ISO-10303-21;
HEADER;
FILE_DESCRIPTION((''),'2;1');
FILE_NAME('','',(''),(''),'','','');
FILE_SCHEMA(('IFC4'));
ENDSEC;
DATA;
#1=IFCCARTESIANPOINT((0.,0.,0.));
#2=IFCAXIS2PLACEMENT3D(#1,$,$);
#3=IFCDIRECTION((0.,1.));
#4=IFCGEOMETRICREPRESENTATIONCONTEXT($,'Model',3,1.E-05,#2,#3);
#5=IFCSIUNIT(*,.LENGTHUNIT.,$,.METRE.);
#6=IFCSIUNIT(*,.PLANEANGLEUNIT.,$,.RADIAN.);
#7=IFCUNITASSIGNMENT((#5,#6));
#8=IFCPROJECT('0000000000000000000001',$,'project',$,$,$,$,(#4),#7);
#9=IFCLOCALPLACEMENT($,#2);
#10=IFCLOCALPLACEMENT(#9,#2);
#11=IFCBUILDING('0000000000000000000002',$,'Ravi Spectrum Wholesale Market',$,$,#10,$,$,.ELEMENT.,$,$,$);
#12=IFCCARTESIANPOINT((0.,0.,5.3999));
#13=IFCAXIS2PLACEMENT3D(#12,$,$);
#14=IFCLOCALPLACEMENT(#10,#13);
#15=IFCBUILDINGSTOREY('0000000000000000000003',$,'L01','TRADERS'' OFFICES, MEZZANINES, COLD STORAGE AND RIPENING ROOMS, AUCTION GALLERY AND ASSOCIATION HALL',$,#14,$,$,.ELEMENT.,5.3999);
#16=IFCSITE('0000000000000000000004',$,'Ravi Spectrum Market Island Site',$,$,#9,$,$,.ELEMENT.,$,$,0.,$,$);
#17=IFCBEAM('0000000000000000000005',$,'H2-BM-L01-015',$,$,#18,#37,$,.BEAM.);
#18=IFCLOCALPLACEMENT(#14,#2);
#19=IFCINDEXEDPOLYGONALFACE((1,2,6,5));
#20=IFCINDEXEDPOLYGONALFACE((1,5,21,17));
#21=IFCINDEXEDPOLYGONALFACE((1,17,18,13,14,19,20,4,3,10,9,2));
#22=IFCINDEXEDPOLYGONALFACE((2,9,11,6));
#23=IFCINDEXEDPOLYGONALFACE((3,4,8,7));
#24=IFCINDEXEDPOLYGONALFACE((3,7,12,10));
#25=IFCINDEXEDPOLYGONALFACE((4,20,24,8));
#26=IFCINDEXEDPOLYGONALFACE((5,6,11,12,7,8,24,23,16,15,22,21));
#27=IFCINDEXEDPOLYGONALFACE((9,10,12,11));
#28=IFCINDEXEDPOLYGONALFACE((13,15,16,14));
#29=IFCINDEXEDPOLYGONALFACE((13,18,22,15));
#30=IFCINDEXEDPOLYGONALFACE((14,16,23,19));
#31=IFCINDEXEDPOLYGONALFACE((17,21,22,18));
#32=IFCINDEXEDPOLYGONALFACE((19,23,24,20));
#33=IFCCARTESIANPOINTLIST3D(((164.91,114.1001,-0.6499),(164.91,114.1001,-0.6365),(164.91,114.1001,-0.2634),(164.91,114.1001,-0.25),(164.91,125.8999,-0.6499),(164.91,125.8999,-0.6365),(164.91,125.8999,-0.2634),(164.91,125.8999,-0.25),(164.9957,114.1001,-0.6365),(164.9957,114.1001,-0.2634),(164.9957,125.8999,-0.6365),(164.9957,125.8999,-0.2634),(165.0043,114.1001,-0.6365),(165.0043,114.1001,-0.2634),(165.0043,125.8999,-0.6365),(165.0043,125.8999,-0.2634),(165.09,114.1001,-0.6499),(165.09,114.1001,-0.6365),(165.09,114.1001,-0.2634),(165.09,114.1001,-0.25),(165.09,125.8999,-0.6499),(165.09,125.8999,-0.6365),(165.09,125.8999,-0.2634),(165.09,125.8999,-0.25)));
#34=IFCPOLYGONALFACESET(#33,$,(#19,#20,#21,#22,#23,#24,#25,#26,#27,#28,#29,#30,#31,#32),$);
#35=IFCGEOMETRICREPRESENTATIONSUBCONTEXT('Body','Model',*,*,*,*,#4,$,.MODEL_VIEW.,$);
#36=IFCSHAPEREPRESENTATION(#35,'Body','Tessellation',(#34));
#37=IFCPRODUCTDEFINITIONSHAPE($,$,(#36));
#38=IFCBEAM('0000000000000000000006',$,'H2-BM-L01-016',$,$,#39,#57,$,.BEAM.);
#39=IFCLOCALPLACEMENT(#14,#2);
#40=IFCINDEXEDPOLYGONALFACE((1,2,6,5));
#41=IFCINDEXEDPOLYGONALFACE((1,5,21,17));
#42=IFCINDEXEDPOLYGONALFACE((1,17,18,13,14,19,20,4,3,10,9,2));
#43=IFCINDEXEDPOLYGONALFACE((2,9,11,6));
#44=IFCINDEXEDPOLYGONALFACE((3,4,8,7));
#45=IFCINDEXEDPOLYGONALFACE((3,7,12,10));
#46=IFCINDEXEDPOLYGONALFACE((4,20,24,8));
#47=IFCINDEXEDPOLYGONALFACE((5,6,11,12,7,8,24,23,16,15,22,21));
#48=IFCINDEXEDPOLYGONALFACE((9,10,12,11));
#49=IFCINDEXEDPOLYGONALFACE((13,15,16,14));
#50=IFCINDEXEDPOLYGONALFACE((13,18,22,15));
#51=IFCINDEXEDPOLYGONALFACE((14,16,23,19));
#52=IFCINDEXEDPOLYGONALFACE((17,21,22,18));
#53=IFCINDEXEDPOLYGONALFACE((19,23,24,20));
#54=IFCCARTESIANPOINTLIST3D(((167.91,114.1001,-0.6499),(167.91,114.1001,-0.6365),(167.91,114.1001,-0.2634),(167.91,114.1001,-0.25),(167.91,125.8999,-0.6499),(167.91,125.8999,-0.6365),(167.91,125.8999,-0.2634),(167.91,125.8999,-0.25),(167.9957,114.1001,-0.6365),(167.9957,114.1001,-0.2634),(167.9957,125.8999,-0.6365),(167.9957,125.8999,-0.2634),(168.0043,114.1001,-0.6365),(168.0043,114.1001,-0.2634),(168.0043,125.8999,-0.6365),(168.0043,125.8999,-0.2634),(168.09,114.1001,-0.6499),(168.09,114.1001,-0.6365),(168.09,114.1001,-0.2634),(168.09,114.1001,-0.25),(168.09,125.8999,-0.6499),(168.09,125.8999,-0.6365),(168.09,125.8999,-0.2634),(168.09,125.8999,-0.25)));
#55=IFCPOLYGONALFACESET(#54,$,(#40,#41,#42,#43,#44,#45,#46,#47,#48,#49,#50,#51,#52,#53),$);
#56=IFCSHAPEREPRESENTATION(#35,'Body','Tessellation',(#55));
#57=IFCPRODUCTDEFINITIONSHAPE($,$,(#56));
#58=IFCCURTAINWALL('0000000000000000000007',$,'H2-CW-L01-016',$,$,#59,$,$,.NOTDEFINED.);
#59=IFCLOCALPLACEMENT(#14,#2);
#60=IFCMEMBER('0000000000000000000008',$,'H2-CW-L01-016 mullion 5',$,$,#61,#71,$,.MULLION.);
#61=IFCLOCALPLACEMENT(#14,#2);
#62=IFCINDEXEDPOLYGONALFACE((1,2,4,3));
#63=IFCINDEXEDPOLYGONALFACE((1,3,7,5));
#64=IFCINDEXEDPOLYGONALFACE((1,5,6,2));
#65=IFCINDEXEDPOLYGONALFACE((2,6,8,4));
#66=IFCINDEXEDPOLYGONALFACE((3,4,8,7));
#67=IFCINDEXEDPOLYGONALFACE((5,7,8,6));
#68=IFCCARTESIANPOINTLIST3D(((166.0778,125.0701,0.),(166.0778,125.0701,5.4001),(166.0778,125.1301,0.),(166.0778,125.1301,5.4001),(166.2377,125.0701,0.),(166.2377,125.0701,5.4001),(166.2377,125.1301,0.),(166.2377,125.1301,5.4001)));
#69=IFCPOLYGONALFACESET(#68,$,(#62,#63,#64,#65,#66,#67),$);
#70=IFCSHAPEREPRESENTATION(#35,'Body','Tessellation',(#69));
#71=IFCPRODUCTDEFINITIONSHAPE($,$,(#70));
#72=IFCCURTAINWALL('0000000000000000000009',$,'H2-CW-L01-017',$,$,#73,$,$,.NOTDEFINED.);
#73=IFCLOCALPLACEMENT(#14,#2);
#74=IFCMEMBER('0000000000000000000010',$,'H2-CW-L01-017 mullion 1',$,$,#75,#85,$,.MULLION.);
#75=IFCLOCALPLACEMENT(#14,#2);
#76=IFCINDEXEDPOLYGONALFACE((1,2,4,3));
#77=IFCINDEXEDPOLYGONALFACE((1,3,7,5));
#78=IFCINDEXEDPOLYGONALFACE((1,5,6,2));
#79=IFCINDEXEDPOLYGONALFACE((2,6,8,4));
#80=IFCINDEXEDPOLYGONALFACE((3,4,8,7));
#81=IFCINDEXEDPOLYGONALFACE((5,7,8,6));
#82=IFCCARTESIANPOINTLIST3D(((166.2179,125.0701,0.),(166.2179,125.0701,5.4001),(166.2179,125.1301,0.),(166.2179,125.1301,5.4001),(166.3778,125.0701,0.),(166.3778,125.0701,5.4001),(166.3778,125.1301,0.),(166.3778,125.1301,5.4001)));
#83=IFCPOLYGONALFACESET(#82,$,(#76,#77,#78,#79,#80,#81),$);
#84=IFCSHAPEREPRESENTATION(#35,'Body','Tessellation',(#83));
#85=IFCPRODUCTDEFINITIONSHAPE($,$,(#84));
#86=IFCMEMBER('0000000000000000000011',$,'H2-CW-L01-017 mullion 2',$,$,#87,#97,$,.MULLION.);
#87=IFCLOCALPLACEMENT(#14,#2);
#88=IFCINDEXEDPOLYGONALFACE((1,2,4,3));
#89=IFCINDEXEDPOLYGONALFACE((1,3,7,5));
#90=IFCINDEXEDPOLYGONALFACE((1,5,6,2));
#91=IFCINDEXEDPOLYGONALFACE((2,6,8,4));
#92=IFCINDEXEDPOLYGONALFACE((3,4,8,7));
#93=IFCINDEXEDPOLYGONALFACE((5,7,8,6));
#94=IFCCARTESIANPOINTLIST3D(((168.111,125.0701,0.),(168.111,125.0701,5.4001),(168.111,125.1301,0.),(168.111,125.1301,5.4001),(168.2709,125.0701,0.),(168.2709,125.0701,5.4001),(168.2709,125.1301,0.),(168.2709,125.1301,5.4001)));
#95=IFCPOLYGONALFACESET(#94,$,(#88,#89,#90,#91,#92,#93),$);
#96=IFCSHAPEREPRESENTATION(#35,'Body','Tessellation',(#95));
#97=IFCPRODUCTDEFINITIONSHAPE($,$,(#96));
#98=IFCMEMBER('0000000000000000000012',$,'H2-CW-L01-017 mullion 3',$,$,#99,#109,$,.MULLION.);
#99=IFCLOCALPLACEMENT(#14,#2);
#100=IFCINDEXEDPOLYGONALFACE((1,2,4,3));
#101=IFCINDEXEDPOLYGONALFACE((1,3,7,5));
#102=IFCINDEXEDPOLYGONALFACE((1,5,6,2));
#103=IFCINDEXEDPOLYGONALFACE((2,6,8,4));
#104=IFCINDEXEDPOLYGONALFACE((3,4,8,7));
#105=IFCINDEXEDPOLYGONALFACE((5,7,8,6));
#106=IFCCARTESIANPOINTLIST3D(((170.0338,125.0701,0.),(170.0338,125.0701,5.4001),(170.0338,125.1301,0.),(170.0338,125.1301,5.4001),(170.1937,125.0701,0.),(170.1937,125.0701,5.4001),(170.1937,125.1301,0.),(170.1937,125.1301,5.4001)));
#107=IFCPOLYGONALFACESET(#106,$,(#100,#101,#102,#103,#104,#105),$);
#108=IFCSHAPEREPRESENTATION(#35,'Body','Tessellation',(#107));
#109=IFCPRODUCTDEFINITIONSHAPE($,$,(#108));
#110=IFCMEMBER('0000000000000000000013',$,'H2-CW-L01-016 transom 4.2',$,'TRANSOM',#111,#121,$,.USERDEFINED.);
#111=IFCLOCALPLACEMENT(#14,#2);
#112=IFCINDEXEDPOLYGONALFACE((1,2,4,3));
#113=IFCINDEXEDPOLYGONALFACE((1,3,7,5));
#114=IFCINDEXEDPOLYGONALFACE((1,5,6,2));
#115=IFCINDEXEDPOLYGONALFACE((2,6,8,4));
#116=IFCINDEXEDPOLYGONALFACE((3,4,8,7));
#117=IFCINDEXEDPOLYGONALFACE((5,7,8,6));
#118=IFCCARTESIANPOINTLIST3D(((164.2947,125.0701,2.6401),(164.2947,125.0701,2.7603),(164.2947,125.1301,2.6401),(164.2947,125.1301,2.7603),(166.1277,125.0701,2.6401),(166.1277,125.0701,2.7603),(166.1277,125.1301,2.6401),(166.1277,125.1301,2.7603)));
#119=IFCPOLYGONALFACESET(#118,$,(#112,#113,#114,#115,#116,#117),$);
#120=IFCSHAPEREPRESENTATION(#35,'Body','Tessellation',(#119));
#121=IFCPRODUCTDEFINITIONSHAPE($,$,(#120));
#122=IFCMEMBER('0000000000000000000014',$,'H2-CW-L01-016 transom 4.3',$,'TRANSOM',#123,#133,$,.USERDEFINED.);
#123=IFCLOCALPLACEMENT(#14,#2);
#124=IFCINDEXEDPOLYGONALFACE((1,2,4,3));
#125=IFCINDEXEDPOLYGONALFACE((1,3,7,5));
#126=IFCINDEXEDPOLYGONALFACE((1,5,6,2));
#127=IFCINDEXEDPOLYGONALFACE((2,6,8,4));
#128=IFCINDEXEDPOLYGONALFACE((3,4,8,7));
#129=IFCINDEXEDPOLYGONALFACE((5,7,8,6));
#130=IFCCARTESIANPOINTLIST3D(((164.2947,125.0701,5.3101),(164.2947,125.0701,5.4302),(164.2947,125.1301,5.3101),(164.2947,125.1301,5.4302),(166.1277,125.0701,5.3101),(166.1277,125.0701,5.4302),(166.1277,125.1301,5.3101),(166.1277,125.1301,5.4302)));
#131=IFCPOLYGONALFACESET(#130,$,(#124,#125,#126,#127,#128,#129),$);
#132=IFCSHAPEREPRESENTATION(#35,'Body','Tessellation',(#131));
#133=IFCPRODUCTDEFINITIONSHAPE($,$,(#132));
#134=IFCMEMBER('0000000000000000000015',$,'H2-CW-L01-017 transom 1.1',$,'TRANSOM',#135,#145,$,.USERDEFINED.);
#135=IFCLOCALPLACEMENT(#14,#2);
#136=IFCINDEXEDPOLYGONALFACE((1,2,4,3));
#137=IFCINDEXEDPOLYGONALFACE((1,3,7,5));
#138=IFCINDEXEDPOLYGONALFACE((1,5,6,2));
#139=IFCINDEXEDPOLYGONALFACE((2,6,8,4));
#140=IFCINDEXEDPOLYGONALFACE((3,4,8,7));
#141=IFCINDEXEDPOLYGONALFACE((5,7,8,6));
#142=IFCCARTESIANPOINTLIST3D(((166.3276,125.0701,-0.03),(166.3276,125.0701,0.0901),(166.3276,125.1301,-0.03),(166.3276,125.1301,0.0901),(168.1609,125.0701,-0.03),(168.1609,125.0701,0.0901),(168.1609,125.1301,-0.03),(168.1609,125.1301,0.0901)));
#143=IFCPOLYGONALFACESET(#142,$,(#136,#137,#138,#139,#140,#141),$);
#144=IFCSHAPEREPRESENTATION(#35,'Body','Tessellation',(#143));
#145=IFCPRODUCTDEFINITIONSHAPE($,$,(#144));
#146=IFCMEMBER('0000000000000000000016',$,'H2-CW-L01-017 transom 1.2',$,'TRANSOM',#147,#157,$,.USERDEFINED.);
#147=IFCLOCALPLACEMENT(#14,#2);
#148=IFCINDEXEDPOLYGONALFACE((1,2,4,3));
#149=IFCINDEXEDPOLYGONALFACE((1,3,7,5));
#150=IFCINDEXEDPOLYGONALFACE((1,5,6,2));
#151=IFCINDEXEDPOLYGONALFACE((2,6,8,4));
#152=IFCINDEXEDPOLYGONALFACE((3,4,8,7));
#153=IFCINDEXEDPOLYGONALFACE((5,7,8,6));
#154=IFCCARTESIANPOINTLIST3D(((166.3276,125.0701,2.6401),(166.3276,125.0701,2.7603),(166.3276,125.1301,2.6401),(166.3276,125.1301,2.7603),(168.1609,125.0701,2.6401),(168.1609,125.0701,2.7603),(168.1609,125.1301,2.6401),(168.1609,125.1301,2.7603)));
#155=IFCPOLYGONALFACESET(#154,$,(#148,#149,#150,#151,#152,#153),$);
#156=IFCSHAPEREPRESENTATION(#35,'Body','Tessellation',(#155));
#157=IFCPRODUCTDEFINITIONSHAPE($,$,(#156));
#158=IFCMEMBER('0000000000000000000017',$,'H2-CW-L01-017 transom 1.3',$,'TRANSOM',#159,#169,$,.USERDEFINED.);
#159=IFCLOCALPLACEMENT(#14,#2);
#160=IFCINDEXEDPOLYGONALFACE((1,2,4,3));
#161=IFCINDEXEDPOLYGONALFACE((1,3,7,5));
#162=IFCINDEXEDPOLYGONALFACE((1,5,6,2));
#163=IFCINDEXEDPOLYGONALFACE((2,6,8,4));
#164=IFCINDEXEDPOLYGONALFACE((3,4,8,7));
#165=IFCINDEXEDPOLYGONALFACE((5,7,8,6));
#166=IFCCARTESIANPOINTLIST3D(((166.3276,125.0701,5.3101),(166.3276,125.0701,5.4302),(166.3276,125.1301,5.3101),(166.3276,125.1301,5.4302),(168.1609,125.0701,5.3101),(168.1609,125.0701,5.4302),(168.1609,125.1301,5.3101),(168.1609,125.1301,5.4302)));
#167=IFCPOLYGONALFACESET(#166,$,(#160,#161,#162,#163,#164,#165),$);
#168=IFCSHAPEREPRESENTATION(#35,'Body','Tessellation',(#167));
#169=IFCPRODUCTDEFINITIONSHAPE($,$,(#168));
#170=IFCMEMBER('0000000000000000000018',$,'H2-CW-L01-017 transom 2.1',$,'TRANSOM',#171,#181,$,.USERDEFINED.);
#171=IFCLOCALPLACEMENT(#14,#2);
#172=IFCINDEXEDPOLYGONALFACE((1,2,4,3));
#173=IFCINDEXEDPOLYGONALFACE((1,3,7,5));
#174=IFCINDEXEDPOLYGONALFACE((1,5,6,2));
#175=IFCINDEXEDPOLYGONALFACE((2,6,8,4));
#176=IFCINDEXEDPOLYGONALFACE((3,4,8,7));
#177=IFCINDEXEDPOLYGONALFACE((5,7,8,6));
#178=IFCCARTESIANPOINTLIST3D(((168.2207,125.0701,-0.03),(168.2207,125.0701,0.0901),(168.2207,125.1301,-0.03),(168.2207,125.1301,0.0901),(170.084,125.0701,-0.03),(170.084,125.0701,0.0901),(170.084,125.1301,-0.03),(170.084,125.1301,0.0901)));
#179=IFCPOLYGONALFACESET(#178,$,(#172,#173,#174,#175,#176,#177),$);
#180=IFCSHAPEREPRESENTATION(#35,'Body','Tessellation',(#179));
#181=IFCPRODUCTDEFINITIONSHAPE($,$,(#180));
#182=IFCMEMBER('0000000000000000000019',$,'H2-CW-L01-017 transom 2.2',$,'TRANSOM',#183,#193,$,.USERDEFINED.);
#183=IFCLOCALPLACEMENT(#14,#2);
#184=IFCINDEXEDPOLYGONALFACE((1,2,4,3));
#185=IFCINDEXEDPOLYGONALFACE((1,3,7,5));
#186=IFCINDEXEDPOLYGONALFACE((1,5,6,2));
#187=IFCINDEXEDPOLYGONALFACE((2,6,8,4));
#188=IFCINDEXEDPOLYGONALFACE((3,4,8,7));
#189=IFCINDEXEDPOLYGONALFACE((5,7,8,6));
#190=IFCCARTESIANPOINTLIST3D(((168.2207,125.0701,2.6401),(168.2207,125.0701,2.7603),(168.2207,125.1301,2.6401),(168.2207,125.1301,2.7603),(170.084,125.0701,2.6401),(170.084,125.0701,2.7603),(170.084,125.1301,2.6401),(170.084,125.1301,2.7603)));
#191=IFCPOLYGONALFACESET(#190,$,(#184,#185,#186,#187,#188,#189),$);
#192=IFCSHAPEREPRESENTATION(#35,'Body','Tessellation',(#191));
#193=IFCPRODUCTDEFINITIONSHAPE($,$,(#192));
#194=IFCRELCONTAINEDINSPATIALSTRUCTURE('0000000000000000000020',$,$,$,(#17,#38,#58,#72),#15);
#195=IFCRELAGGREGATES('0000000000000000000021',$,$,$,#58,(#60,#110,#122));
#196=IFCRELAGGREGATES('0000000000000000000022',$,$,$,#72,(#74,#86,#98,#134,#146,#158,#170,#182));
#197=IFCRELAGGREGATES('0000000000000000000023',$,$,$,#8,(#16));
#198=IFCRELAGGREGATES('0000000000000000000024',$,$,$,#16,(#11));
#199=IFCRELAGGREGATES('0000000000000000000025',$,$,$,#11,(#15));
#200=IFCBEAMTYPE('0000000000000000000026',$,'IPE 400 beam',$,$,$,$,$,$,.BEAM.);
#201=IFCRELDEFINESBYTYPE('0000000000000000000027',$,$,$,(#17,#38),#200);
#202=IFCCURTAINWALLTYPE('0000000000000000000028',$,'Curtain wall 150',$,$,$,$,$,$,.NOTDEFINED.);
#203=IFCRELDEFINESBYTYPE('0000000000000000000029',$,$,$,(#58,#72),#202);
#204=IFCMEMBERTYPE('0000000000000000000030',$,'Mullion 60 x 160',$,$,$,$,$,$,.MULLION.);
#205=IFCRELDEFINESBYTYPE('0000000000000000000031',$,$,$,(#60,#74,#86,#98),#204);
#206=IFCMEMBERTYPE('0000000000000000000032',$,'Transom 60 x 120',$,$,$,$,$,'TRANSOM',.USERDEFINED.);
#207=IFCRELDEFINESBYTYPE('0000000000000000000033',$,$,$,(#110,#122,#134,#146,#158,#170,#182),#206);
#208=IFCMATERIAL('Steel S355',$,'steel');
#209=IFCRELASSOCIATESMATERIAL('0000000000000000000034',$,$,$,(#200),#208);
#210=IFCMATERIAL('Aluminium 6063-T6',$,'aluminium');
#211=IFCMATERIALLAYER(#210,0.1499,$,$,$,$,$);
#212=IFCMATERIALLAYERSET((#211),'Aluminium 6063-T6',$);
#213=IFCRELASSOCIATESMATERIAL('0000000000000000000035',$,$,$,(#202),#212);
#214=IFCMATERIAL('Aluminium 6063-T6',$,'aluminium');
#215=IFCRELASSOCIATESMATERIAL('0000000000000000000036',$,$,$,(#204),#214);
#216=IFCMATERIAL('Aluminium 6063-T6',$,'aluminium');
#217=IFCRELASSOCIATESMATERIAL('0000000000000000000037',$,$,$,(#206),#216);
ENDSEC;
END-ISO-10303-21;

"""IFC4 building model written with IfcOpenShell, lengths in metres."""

from ifc_helpers import new_model, si_unit, direction, frame, origin, origin_2d, place, context, subcontext, project, spatial, rectangle, i_section, extrude, material, layer, layer_set, material_profile, profile_set, type_object, element, aggregate, save


model = new_model("IFC4")

# Units and contexts
model_context = context("Model", 3, precision=1e-05, world=origin(), true_north=direction((0.0, 1.0)))
body_context = subcontext(model_context, "Body", "Model", "MODEL_VIEW")
ifc_project = project(units=[si_unit("LENGTHUNIT", "METRE"), si_unit("PLANEANGLEUNIT", "RADIAN")], contexts=[model_context])

# Site, building, storey
site_placement = place(None, origin())
site = spatial("IfcSite", under=ifc_project, at=site_placement, Name="Ravi Spectrum Market Island Site", CompositionType="ELEMENT", RefElevation=0.0)
building_placement = place(site_placement, origin())
building = spatial("IfcBuilding", under=site, at=building_placement, Name="Ravi Spectrum Wholesale Market", CompositionType="ELEMENT")
storey_placement = place(building_placement, frame((0.0, 0.0, 5.3999)))
storey = spatial("IfcBuildingStorey", under=building, at=storey_placement, Name="L01", Description="TRADERS' OFFICES, MEZZANINES, COLD STORAGE AND RIPENING ROOMS, AUCTION GALLERY AND ASSOCIATION HALL", CompositionType="ELEMENT", Elevation=5.3999)

# Beams
ifc_material_1 = material(Name="Steel S355", Category="steel")
ifc_material_profile_1 = material_profile(ifc_material_1, i_section(OverallWidth=0.1799, OverallDepth=0.3999, WebThickness=0.0085, FlangeThickness=0.0134, at=origin_2d()))
ifc_profile_set_1 = profile_set([ifc_material_profile_1], Name="Steel S355")
beam_type = type_object("IfcBeamType", Name="IPE 400 beam", PredefinedType="BEAM", material=ifc_profile_set_1)
for number, where, z_axis, x_axis, name in (
    (1, (165.0, 114.1001, -0.45), (0.0, 1.0, 0.0), (-1.0, 0.0, 0.0), "H2-BM-L01-015"),
    (2, (168.0, 114.1001, -0.45), (0.0, 1.0, 0.0), (-1.0, 0.0, 0.0), "H2-BM-L01-016"),
):
    element("IfcBeam", number, at=place(storey_placement, frame(where, z_axis=z_axis, x_axis=x_axis)), inside=storey, type_object=beam_type, Name=name, PredefinedType="BEAM", context=body_context, shape_type="SweptSolid", body=[
        extrude(i_section(OverallWidth=0.1799, OverallDepth=0.3999, WebThickness=0.0085, FlangeThickness=0.0134, at=origin_2d()), origin(), (0.0, 0.0, 1.0), 11.7998),
    ])

# Curtain wall, member
ifc_material_2 = material(Name="Aluminium 6063-T6", Category="aluminium")
ifc_layer_1 = layer(ifc_material_2, 0.1499)
ifc_layer_set_1 = layer_set([ifc_layer_1], Name="Aluminium 6063-T6")
curtain_wall_type = type_object("IfcCurtainWallType", Name="Curtain wall 150", PredefinedType="NOTDEFINED", material=ifc_layer_set_1)
curtain_wall_1_placement = place(storey_placement, origin())
curtain_wall_1 = element("IfcCurtainWall", 3, at=curtain_wall_1_placement, inside=storey, type_object=curtain_wall_type, Name="H2-CW-L01-016", PredefinedType="NOTDEFINED")
ifc_material_3 = material(Name="Aluminium 6063-T6", Category="aluminium")
ifc_material_profile_2 = material_profile(ifc_material_3, rectangle(XDim=0.0601, YDim=0.1599, at=origin_2d()))
ifc_profile_set_2 = profile_set([ifc_material_profile_2], Name="Aluminium 6063-T6")
member_type_1 = type_object("IfcMemberType", Name="Mullion 60 x 160", PredefinedType="MULLION", material=ifc_profile_set_2)
member_1_placement = place(storey_placement, frame((166.1577, 125.1001, 0.0), z_axis=(0.0, 0.0, 1.0), x_axis=(0.0, 1.0, 0.0)))
member_1 = element("IfcMember", 4, at=member_1_placement, type_object=member_type_1, Name="H2-CW-L01-016 mullion 5", PredefinedType="MULLION", context=body_context, shape_type="SweptSolid", body=[
    extrude(rectangle(XDim=0.0601, YDim=0.1599, at=origin_2d()), origin(), (0.0, 0.0, 1.0), 5.4001),
])

# Curtain wall, members
curtain_wall_2_placement = place(storey_placement, origin())
curtain_wall_2 = element("IfcCurtainWall", 5, at=curtain_wall_2_placement, inside=storey, type_object=curtain_wall_type, Name="H2-CW-L01-017", PredefinedType="NOTDEFINED")
member_2_placement = place(storey_placement, frame((166.2979, 125.1001, 0.0), z_axis=(0.0, 0.0, 1.0), x_axis=(0.0, 1.0, 0.0)))
member_2 = element("IfcMember", 6, at=member_2_placement, type_object=member_type_1, Name="H2-CW-L01-017 mullion 1", PredefinedType="MULLION", context=body_context, shape_type="SweptSolid", body=[
    extrude(rectangle(XDim=0.0601, YDim=0.1599, at=origin_2d()), origin(), (0.0, 0.0, 1.0), 5.4001),
])
member_3_placement = place(storey_placement, frame((168.1909, 125.1001, 0.0), z_axis=(0.0, 0.0, 1.0), x_axis=(0.0, 1.0, 0.0)))
member_3 = element("IfcMember", 7, at=member_3_placement, type_object=member_type_1, Name="H2-CW-L01-017 mullion 2", PredefinedType="MULLION", context=body_context, shape_type="SweptSolid", body=[
    extrude(rectangle(XDim=0.0601, YDim=0.1599, at=origin_2d()), origin(), (0.0, 0.0, 1.0), 5.4001),
])
member_4_placement = place(storey_placement, frame((170.1138, 125.1001, 0.0), z_axis=(0.0, 0.0, 1.0), x_axis=(0.0, 1.0, 0.0)))
member_4 = element("IfcMember", 8, at=member_4_placement, type_object=member_type_1, Name="H2-CW-L01-017 mullion 3", PredefinedType="MULLION", context=body_context, shape_type="SweptSolid", body=[
    extrude(rectangle(XDim=0.0601, YDim=0.1599, at=origin_2d()), origin(), (0.0, 0.0, 1.0), 5.4001),
])

# Members
ifc_material_4 = material(Name="Aluminium 6063-T6", Category="aluminium")
ifc_material_profile_3 = material_profile(ifc_material_4, rectangle(XDim=0.0601, YDim=0.1201, at=origin_2d()))
ifc_profile_set_3 = profile_set([ifc_material_profile_3], Name="Aluminium 6063-T6")
member_type_2 = type_object("IfcMemberType", Name="Transom 60 x 120", ElementType="TRANSOM", PredefinedType="USERDEFINED", material=ifc_profile_set_3)
member_5_placement = place(storey_placement, frame((164.2947, 125.1001, 2.7002), z_axis=(1.0, 0.0, 0.0), x_axis=(0.0, 1.0, 0.0)))
member_5 = element("IfcMember", 9, at=member_5_placement, type_object=member_type_2, Name="H2-CW-L01-016 transom 4.2", ObjectType="TRANSOM", PredefinedType="USERDEFINED", context=body_context, shape_type="SweptSolid", body=[
    extrude(rectangle(XDim=0.0601, YDim=0.1201, at=origin_2d()), origin(), (0.0, 0.0, 1.0), 1.833),
])
member_6_placement = place(storey_placement, frame((164.2947, 125.1001, 5.3701), z_axis=(1.0, 0.0, 0.0), x_axis=(0.0, 1.0, 0.0)))
member_6 = element("IfcMember", 10, at=member_6_placement, type_object=member_type_2, Name="H2-CW-L01-016 transom 4.3", ObjectType="TRANSOM", PredefinedType="USERDEFINED", context=body_context, shape_type="SweptSolid", body=[
    extrude(rectangle(XDim=0.0601, YDim=0.1201, at=origin_2d()), origin(), (0.0, 0.0, 1.0), 1.833),
])
member_7_placement = place(storey_placement, frame((166.3276, 125.1001, 0.03), z_axis=(1.0, 0.0, 0.0), x_axis=(0.0, 1.0, 0.0)))
member_7 = element("IfcMember", 11, at=member_7_placement, type_object=member_type_2, Name="H2-CW-L01-017 transom 1.1", ObjectType="TRANSOM", PredefinedType="USERDEFINED", context=body_context, shape_type="SweptSolid", body=[
    extrude(rectangle(XDim=0.0601, YDim=0.1201, at=origin_2d()), origin(), (0.0, 0.0, 1.0), 1.8333),
])
member_8_placement = place(storey_placement, frame((166.3276, 125.1001, 2.7002), z_axis=(1.0, 0.0, 0.0), x_axis=(0.0, 1.0, 0.0)))
member_8 = element("IfcMember", 12, at=member_8_placement, type_object=member_type_2, Name="H2-CW-L01-017 transom 1.2", ObjectType="TRANSOM", PredefinedType="USERDEFINED", context=body_context, shape_type="SweptSolid", body=[
    extrude(rectangle(XDim=0.0601, YDim=0.1201, at=origin_2d()), origin(), (0.0, 0.0, 1.0), 1.8333),
])
member_9_placement = place(storey_placement, frame((166.3276, 125.1001, 5.3701), z_axis=(1.0, 0.0, 0.0), x_axis=(0.0, 1.0, 0.0)))
member_9 = element("IfcMember", 13, at=member_9_placement, type_object=member_type_2, Name="H2-CW-L01-017 transom 1.3", ObjectType="TRANSOM", PredefinedType="USERDEFINED", context=body_context, shape_type="SweptSolid", body=[
    extrude(rectangle(XDim=0.0601, YDim=0.1201, at=origin_2d()), origin(), (0.0, 0.0, 1.0), 1.8333),
])
member_10_placement = place(storey_placement, frame((168.2207, 125.1001, 0.03), z_axis=(1.0, 0.0, 0.0), x_axis=(0.0, 1.0, 0.0)))
member_10 = element("IfcMember", 14, at=member_10_placement, type_object=member_type_2, Name="H2-CW-L01-017 transom 2.1", ObjectType="TRANSOM", PredefinedType="USERDEFINED", context=body_context, shape_type="SweptSolid", body=[
    extrude(rectangle(XDim=0.0601, YDim=0.1201, at=origin_2d()), origin(), (0.0, 0.0, 1.0), 1.8633),
])
member_11_placement = place(storey_placement, frame((168.2207, 125.1001, 2.7002), z_axis=(1.0, 0.0, 0.0), x_axis=(0.0, 1.0, 0.0)))
member_11 = element("IfcMember", 15, at=member_11_placement, type_object=member_type_2, Name="H2-CW-L01-017 transom 2.2", ObjectType="TRANSOM", PredefinedType="USERDEFINED", context=body_context, shape_type="SweptSolid", body=[
    extrude(rectangle(XDim=0.0601, YDim=0.1201, at=origin_2d()), origin(), (0.0, 0.0, 1.0), 1.8633),
])

aggregate(curtain_wall_1, [member_1, member_5, member_6])
aggregate(curtain_wall_2, [member_2, member_3, member_4, member_7, member_8, member_9, member_10, member_11])

save(model, "model.ifc")
